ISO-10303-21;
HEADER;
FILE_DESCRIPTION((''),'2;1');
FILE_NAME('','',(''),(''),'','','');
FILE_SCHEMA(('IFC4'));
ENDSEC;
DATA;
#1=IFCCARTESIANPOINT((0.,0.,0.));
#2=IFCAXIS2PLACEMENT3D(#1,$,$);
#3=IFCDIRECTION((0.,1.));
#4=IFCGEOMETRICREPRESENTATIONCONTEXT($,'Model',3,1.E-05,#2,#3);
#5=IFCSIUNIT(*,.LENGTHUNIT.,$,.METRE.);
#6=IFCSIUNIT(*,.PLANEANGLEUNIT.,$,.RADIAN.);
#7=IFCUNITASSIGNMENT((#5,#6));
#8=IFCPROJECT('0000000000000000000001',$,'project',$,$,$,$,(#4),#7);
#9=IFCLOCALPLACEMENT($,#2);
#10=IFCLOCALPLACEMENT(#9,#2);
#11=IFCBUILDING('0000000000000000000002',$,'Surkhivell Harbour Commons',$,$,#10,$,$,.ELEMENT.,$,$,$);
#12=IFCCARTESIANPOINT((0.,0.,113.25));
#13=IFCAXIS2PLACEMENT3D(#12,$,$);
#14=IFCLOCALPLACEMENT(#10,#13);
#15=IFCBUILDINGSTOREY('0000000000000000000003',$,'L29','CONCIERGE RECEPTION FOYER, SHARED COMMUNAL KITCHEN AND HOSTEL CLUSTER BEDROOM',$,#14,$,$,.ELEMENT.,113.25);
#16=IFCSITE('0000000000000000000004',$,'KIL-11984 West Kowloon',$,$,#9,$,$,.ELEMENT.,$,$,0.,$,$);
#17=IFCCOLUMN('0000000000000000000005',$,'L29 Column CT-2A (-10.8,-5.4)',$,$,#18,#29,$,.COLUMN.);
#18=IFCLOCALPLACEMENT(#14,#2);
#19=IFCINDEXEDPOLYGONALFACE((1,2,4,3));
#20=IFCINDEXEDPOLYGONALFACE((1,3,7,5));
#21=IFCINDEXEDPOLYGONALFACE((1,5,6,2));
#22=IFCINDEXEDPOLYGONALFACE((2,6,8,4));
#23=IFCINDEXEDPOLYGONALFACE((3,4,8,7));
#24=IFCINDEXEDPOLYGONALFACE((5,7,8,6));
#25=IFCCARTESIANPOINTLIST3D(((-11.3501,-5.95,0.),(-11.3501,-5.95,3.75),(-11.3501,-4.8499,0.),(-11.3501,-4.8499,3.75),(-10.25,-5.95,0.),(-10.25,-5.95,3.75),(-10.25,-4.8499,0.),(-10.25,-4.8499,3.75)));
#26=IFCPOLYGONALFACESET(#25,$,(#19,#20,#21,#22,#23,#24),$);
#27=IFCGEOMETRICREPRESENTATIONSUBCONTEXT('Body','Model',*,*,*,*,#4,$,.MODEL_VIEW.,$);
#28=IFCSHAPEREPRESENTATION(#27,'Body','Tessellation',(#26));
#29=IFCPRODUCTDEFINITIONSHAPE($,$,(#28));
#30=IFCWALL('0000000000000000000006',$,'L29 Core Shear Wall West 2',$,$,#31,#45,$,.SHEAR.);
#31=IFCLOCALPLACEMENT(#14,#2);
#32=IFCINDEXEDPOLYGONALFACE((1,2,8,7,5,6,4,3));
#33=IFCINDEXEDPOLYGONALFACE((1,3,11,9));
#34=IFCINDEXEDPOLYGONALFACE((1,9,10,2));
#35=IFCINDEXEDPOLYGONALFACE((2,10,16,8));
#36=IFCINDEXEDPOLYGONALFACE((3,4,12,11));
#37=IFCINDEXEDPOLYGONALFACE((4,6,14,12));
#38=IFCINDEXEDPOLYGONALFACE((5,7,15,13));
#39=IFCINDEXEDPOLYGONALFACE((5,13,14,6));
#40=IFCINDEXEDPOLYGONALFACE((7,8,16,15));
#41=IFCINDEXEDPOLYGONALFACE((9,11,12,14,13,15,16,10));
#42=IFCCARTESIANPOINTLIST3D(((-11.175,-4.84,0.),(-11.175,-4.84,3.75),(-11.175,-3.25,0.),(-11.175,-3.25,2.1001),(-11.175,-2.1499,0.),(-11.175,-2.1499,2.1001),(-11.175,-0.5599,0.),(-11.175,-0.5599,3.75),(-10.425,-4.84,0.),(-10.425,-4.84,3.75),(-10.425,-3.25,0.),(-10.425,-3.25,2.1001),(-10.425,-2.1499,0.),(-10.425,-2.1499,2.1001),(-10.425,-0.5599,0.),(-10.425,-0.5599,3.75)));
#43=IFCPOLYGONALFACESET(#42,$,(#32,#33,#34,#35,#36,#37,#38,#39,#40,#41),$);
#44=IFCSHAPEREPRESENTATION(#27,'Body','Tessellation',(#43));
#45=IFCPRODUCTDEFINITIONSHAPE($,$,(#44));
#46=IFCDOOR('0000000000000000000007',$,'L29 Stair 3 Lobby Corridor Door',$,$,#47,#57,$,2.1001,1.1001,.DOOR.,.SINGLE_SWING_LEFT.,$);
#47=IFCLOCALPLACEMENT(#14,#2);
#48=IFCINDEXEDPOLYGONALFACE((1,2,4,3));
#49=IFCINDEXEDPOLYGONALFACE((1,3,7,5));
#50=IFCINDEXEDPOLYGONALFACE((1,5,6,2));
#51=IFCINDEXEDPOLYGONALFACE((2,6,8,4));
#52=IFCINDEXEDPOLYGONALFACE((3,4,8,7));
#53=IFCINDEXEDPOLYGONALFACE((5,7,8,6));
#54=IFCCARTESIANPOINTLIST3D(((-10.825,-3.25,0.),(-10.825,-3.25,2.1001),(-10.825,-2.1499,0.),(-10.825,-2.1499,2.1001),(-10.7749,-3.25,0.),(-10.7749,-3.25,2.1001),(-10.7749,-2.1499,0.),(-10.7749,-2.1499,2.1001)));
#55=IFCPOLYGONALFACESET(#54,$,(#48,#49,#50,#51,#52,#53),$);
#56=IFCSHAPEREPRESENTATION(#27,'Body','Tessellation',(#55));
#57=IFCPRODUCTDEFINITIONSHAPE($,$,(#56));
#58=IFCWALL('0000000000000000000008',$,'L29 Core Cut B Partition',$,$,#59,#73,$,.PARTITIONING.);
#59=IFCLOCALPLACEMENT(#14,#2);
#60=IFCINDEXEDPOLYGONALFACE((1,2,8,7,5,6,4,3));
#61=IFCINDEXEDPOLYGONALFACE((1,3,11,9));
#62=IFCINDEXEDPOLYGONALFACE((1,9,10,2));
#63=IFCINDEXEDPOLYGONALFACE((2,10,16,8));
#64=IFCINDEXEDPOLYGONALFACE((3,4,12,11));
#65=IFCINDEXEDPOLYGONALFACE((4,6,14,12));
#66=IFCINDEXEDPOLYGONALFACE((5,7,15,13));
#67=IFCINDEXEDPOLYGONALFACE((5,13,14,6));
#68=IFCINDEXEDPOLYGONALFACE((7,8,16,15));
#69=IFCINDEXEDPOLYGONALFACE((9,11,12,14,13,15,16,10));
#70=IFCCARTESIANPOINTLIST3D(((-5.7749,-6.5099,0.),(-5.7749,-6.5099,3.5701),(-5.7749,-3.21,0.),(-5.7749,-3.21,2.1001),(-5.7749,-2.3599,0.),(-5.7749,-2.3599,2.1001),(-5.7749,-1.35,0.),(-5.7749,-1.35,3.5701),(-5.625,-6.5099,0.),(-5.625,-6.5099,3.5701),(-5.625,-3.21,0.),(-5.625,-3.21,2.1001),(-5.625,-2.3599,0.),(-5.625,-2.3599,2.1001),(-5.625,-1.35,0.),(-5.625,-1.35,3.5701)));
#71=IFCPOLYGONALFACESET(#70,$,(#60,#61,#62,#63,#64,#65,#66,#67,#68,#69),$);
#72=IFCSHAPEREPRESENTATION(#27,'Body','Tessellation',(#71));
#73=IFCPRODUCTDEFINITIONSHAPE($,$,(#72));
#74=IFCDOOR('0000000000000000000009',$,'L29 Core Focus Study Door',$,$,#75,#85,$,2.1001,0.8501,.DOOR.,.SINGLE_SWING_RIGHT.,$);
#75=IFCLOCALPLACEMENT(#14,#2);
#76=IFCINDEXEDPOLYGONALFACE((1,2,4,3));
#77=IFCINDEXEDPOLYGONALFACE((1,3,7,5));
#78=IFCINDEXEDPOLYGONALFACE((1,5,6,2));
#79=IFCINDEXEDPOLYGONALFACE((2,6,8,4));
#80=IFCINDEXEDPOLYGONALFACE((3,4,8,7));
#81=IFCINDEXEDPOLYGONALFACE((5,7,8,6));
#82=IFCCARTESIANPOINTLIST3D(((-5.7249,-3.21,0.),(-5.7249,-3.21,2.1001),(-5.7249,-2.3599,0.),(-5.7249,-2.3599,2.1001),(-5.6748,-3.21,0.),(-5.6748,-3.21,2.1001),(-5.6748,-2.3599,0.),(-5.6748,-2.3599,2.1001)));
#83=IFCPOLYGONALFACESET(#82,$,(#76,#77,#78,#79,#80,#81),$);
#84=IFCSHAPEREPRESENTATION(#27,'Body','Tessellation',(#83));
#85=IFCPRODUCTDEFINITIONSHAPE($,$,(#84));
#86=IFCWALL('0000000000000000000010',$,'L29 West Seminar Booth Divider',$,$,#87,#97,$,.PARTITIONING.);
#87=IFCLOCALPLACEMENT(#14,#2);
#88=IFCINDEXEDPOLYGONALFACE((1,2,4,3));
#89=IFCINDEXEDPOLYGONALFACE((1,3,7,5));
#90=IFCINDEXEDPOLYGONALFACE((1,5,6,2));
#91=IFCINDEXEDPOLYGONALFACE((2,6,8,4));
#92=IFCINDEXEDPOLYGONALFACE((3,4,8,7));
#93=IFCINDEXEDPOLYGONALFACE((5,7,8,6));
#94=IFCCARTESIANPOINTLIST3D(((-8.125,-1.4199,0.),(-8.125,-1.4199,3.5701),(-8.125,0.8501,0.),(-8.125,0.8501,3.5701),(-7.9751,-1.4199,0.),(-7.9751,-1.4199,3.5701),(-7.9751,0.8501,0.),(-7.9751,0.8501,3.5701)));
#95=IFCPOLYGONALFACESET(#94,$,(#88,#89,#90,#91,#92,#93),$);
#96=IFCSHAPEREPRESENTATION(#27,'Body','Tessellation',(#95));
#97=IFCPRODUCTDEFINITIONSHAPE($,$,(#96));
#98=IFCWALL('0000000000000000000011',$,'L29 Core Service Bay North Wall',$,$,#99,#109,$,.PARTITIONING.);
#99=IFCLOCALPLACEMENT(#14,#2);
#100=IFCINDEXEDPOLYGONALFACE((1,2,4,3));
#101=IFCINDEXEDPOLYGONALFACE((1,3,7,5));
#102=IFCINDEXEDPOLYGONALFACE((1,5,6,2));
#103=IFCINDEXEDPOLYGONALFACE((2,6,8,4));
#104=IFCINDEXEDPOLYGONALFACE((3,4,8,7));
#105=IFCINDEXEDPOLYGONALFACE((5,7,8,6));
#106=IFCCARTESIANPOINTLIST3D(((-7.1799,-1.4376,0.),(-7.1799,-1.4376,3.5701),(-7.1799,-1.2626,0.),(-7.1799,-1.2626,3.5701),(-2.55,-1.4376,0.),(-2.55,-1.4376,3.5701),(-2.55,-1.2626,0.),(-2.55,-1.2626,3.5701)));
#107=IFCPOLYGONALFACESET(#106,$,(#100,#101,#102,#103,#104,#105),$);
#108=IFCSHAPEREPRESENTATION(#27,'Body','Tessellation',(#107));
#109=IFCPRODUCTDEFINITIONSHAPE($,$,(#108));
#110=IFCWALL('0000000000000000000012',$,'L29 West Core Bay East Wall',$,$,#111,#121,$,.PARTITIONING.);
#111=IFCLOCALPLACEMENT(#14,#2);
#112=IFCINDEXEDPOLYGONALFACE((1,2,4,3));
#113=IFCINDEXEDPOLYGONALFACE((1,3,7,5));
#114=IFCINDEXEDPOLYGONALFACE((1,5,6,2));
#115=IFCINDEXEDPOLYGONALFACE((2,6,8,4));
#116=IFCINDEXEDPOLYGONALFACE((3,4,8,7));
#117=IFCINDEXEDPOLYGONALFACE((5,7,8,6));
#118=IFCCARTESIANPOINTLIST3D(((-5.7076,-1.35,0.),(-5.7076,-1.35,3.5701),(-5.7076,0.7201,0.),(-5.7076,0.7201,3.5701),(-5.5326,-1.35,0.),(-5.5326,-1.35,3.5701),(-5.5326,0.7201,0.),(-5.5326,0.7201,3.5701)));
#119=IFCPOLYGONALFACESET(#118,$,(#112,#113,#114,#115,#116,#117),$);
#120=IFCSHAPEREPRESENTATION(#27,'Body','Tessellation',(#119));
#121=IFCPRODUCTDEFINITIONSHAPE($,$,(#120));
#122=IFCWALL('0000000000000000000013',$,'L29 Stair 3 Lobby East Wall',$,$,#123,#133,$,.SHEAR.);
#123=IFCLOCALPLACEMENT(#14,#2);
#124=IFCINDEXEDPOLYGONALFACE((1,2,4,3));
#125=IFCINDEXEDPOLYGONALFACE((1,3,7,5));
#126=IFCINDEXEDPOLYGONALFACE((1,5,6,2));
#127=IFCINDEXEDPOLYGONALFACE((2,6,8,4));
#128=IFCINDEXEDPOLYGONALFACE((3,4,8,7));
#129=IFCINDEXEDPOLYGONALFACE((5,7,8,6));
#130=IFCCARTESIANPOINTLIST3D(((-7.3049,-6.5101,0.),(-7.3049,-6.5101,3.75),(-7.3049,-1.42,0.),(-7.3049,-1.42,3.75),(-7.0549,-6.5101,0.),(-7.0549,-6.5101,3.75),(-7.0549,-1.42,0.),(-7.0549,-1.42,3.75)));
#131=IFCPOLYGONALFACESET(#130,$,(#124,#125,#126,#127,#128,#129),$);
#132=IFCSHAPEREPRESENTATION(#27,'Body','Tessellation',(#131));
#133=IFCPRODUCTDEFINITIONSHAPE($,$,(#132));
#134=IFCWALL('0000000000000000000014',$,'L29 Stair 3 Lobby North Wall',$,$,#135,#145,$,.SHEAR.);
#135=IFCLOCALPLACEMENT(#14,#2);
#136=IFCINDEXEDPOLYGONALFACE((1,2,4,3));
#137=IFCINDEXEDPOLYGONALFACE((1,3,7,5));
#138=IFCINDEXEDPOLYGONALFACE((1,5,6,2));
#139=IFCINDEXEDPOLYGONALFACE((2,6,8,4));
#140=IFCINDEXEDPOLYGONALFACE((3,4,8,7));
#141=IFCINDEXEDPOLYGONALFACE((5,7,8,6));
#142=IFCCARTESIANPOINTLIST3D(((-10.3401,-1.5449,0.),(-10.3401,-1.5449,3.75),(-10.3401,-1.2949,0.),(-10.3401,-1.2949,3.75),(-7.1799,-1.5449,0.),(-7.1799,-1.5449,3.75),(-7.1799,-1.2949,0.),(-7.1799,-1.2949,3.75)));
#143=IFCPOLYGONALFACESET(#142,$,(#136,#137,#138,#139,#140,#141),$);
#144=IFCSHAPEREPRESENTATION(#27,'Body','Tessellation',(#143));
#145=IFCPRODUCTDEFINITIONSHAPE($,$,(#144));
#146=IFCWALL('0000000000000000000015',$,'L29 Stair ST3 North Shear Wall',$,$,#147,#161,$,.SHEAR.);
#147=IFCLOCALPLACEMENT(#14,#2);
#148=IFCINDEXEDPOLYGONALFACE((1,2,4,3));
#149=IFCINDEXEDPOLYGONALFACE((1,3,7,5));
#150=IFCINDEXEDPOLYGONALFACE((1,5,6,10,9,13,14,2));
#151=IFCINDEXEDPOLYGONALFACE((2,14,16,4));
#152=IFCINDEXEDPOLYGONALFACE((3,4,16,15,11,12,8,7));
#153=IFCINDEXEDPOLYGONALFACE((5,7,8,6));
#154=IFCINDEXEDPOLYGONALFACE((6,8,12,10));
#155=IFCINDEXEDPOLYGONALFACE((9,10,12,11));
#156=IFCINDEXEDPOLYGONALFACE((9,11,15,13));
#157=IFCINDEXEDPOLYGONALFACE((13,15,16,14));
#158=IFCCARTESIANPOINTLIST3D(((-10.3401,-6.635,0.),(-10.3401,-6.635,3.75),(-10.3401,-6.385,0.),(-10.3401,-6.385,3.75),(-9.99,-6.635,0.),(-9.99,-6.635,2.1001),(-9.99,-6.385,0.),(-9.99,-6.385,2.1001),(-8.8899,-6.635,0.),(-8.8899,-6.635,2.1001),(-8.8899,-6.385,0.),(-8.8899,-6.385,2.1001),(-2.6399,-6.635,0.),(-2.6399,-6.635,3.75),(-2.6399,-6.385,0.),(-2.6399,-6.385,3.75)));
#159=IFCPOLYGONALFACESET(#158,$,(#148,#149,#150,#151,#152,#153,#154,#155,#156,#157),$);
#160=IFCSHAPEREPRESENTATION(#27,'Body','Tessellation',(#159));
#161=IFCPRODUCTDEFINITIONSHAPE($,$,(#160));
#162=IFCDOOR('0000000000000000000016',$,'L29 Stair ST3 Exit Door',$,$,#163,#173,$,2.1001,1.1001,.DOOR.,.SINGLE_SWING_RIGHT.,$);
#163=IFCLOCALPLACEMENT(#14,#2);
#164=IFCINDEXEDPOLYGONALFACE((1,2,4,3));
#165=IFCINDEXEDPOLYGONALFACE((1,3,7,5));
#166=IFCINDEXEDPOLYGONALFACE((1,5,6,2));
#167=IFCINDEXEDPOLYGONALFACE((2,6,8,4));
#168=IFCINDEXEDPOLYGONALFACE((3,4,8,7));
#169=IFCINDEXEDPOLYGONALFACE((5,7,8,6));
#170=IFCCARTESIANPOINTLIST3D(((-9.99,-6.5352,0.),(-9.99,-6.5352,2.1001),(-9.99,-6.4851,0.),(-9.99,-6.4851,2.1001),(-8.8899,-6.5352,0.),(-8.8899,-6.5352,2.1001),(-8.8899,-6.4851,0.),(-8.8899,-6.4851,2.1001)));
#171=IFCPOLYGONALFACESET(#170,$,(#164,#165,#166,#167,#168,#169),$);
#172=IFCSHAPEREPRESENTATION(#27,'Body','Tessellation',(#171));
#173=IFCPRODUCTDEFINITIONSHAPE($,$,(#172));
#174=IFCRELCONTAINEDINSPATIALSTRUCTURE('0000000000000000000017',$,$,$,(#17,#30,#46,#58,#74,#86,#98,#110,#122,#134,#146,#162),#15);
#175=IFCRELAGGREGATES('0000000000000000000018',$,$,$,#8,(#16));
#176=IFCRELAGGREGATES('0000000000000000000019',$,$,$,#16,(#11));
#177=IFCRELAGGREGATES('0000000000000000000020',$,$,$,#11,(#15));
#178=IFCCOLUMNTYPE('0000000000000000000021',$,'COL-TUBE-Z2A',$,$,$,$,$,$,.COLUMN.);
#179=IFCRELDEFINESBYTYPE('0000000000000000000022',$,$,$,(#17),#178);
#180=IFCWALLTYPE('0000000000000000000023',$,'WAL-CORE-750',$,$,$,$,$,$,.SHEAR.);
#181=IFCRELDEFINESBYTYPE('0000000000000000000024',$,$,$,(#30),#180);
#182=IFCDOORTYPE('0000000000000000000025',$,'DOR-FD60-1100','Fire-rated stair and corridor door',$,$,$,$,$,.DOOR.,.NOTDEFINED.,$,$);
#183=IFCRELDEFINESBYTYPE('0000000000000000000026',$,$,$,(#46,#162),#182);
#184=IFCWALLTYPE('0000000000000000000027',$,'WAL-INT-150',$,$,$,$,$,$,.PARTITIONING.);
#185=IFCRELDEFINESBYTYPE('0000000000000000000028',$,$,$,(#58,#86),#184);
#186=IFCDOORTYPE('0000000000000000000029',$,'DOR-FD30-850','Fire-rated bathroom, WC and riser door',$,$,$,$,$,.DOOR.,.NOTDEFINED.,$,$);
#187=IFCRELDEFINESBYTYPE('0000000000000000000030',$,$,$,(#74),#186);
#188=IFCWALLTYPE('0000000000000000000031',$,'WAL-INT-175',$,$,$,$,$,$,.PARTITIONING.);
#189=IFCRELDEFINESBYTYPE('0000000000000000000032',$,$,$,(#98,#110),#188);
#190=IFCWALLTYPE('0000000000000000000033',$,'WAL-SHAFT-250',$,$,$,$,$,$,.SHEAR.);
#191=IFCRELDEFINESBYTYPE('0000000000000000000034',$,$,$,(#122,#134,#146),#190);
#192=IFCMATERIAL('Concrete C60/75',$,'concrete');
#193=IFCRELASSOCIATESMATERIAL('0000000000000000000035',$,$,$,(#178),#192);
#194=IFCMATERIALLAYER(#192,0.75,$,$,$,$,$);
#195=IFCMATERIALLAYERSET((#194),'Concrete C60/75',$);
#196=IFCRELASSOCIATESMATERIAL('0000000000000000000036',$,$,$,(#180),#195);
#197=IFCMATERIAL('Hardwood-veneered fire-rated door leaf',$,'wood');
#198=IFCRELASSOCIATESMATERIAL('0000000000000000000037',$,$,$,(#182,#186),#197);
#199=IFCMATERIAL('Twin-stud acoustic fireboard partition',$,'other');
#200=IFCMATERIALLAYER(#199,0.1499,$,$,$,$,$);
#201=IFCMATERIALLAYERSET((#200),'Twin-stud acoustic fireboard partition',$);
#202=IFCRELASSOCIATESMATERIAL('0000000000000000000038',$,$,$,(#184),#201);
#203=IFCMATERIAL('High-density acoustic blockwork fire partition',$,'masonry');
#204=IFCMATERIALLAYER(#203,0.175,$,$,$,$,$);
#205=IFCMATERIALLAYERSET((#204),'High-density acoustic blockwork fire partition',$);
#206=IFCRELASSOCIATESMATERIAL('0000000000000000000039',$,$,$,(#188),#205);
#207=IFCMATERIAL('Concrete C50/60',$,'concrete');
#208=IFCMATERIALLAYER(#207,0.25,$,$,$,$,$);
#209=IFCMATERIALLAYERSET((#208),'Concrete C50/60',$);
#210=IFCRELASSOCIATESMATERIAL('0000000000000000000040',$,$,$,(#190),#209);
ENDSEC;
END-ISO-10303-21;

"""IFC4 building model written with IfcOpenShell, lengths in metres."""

from ifc_helpers import new_model, si_unit, direction, frame, frame_2d, origin, origin_2d, place, context, subcontext, project, spatial, rectangle, extrude, material, layer, layer_set, material_profile, profile_set, type_object, element, fill, save


model = new_model("IFC4")

# Units and contexts
model_context = context("Model", 3, precision=1e-05, world=origin(), true_north=direction((0.0, 1.0)))
body_context = subcontext(model_context, "Body", "Model", "MODEL_VIEW")
ifc_project = project(units=[si_unit("LENGTHUNIT", "METRE"), si_unit("PLANEANGLEUNIT", "RADIAN")], contexts=[model_context])

# Site, building, storey
site_placement = place(None, origin())
site = spatial("IfcSite", under=ifc_project, at=site_placement, Name="KIL-11984 West Kowloon", CompositionType="ELEMENT", RefElevation=0.0)
building_placement = place(site_placement, origin())
building = spatial("IfcBuilding", under=site, at=building_placement, Name="Surkhivell Harbour Commons", CompositionType="ELEMENT")
storey_placement = place(building_placement, frame((0.0, 0.0, 113.25)))
storey = spatial("IfcBuildingStorey", under=building, at=storey_placement, Name="L29", Description="CONCIERGE RECEPTION FOYER, SHARED COMMUNAL KITCHEN AND HOSTEL CLUSTER BEDROOM", CompositionType="ELEMENT", Elevation=113.25)

# Column
ifc_material_1 = material(Name="Concrete C60/75", Category="concrete")
ifc_material_profile = material_profile(ifc_material_1, rectangle(XDim=1.1001, YDim=1.1001, at=origin_2d()), Name="RC-COL-1100x1100")
ifc_profile_set = profile_set([ifc_material_profile], Name="Concrete C60/75")
column_type = type_object("IfcColumnType", Name="COL-TUBE-Z2A", PredefinedType="COLUMN", material=ifc_profile_set)
column_placement = place(storey_placement, frame((-10.8, -5.3999, 0.0), z_axis=(0.0, 0.0, 1.0), x_axis=(1.0, 0.0, 0.0)))
element("IfcColumn", 1, at=column_placement, inside=storey, type_object=column_type, Name="L29 Column CT-2A (-10.8,-5.4)", PredefinedType="COLUMN", context=body_context, shape_type="SweptSolid", body=[
    extrude(rectangle(XDim=1.1001, YDim=1.1001, at=origin_2d()), origin(), (0.0, 0.0, 1.0), 3.75),
])

# Walls, openings, doors
ifc_layer_1 = layer(ifc_material_1, 0.75)
ifc_layer_set_1 = layer_set([ifc_layer_1], Name="Concrete C60/75")
wall_type_1 = type_object("IfcWallType", Name="WAL-CORE-750", PredefinedType="SHEAR", material=ifc_layer_set_1)
wall_1_placement = place(storey_placement, frame((-10.8, -4.8401, 0.0), z_axis=(0.0, 0.0, 1.0), x_axis=(0.0, 1.0, 0.0)))
wall_1 = element("IfcWall", 2, at=wall_1_placement, inside=storey, type_object=wall_type_1, Name="L29 Core Shear Wall West 2", PredefinedType="SHEAR", context=body_context, shape_type="SweptSolid", body=[
    extrude(rectangle(XDim=4.28, YDim=0.75, at=frame_2d((2.1401, 0.0))), origin(), (0.0, 0.0, 1.0), 3.75),
])
opening_1_placement = place(wall_1_placement, frame((1.5901, 0.0, 0.0)))
opening_1 = element("IfcOpeningElement", 3, at=opening_1_placement, cuts=wall_1, PredefinedType="OPENING", context=body_context, shape_type="SweptSolid", body=[
    extrude(rectangle(XDim=1.1001, YDim=2.1001, at=frame_2d((0.55, 1.05))), frame((0.0, 0.385, 0.0), z_axis=(0.0, -1.0, 0.0), x_axis=(1.0, 0.0, 0.0)), (0.0, 0.0, 1.0), 0.77),
])
ifc_material_2 = material(Name="Hardwood-veneered fire-rated door leaf", Category="wood")
door_type_1 = type_object("IfcDoorType", Name="DOR-FD60-1100", Description="Fire-rated stair and corridor door", OperationType="NOTDEFINED", PredefinedType="DOOR", material=ifc_material_2)
door_1_placement = place(opening_1_placement, origin())
door_1 = element("IfcDoor", 4, at=door_1_placement, inside=storey, type_object=door_type_1, Name="L29 Stair 3 Lobby Corridor Door", OperationType="SINGLE_SWING_LEFT", OverallHeight=2.1001, OverallWidth=1.1001, PredefinedType="DOOR", context=body_context, shape_type="SweptSolid", body=[
    extrude(rectangle(XDim=1.1001, YDim=2.1001, at=frame_2d((0.55, 1.05))), frame((0.0, 0.0249, 0.0), z_axis=(0.0, -1.0, 0.0), x_axis=(1.0, 0.0, 0.0)), (0.0, 0.0, 1.0), 0.05),
])
fill(opening_1, door_1)
ifc_material_3 = material(Name="Twin-stud acoustic fireboard partition", Category="other")
ifc_layer_2 = layer(ifc_material_3, 0.1499)
ifc_layer_set_2 = layer_set([ifc_layer_2], Name="Twin-stud acoustic fireboard partition")
wall_type_2 = type_object("IfcWallType", Name="WAL-INT-150", PredefinedType="PARTITIONING", material=ifc_layer_set_2)
wall_2_placement = place(storey_placement, frame((-5.7, -6.51, 0.0), z_axis=(0.0, 0.0, 1.0), x_axis=(0.0, 1.0, 0.0)))
wall_2 = element("IfcWall", 5, at=wall_2_placement, inside=storey, type_object=wall_type_2, Name="L29 Core Cut B Partition", PredefinedType="PARTITIONING", context=body_context, shape_type="SweptSolid", body=[
    extrude(rectangle(XDim=5.1599, YDim=0.1499, at=frame_2d((2.5801, 0.0))), origin(), (0.0, 0.0, 1.0), 3.5701),
])
opening_2_placement = place(wall_2_placement, frame((3.3, 0.0, 0.0)))
opening_2 = element("IfcOpeningElement", 6, at=opening_2_placement, cuts=wall_2, PredefinedType="OPENING", context=body_context, shape_type="SweptSolid", body=[
    extrude(rectangle(XDim=0.8501, YDim=2.1001, at=frame_2d((0.425, 1.05))), frame((0.0, 0.085, 0.0), z_axis=(0.0, -1.0, 0.0), x_axis=(1.0, 0.0, 0.0)), (0.0, 0.0, 1.0), 0.1699),
])
door_type_2 = type_object("IfcDoorType", Name="DOR-FD30-850", Description="Fire-rated bathroom, WC and riser door", OperationType="NOTDEFINED", PredefinedType="DOOR", material=ifc_material_2)
door_2_placement = place(opening_2_placement, origin())
door_2 = element("IfcDoor", 7, at=door_2_placement, inside=storey, type_object=door_type_2, Name="L29 Core Focus Study Door", OperationType="SINGLE_SWING_RIGHT", OverallHeight=2.1001, OverallWidth=0.8501, PredefinedType="DOOR", context=body_context, shape_type="SweptSolid", body=[
    extrude(rectangle(XDim=0.8501, YDim=2.1001, at=frame_2d((0.425, 1.05))), frame((0.0, 0.0249, 0.0), z_axis=(0.0, -1.0, 0.0), x_axis=(1.0, 0.0, 0.0)), (0.0, 0.0, 1.0), 0.05),
])
fill(opening_2, door_2)

# Walls
wall_3_placement = place(storey_placement, frame((-8.05, -1.4199, 0.0), z_axis=(0.0, 0.0, 1.0), x_axis=(0.0, 1.0, 0.0)))
element("IfcWall", 8, at=wall_3_placement, inside=storey, type_object=wall_type_2, Name="L29 West Seminar Booth Divider", PredefinedType="PARTITIONING", context=body_context, shape_type="SweptSolid", body=[
    extrude(rectangle(XDim=2.27, YDim=0.1499, at=frame_2d((1.135, 0.0))), origin(), (0.0, 0.0, 1.0), 3.5701),
])
ifc_material_4 = material(Name="High-density acoustic blockwork fire partition", Category="masonry")
ifc_layer_3 = layer(ifc_material_4, 0.175)
ifc_layer_set_3 = layer_set([ifc_layer_3], Name="High-density acoustic blockwork fire partition")
wall_type_3 = type_object("IfcWallType", Name="WAL-INT-175", PredefinedType="PARTITIONING", material=ifc_layer_set_3)
wall_4_placement = place(storey_placement, frame((-7.1799, -1.3501, 0.0), z_axis=(0.0, 0.0, 1.0), x_axis=(1.0, 0.0, 0.0)))
element("IfcWall", 9, at=wall_4_placement, inside=storey, type_object=wall_type_3, Name="L29 Core Service Bay North Wall", PredefinedType="PARTITIONING", context=body_context, shape_type="SweptSolid", body=[
    extrude(rectangle(XDim=4.6299, YDim=0.175, at=frame_2d((2.3149, 0.0))), origin(), (0.0, 0.0, 1.0), 3.5701),
])
wall_5_placement = place(storey_placement, frame((-5.6201, -1.3501, 0.0), z_axis=(0.0, 0.0, 1.0), x_axis=(0.0, 1.0, 0.0)))
element("IfcWall", 10, at=wall_5_placement, inside=storey, type_object=wall_type_3, Name="L29 West Core Bay East Wall", PredefinedType="PARTITIONING", context=body_context, shape_type="SweptSolid", body=[
    extrude(rectangle(XDim=2.0701, YDim=0.175, at=frame_2d((1.0352, 0.0))), origin(), (0.0, 0.0, 1.0), 3.5701),
])
ifc_material_5 = material(Name="Concrete C50/60", Category="concrete")
ifc_layer_4 = layer(ifc_material_5, 0.25)
ifc_layer_set_4 = layer_set([ifc_layer_4], Name="Concrete C50/60")
wall_type_4 = type_object("IfcWallType", Name="WAL-SHAFT-250", PredefinedType="SHEAR", material=ifc_layer_set_4)
wall_6_placement = place(storey_placement, frame((-7.1799, -6.51, 0.0), z_axis=(0.0, 0.0, 1.0), x_axis=(0.0, 1.0, 0.0)))
element("IfcWall", 11, at=wall_6_placement, inside=storey, type_object=wall_type_4, Name="L29 Stair 3 Lobby East Wall", PredefinedType="SHEAR", context=body_context, shape_type="SweptSolid", body=[
    extrude(rectangle(XDim=5.0901, YDim=0.25, at=frame_2d((2.5449, 0.0))), origin(), (0.0, 0.0, 1.0), 3.75),
])
wall_7_placement = place(storey_placement, frame((-10.3401, -1.4199, 0.0), z_axis=(0.0, 0.0, 1.0), x_axis=(1.0, 0.0, 0.0)))
element("IfcWall", 12, at=wall_7_placement, inside=storey, type_object=wall_type_4, Name="L29 Stair 3 Lobby North Wall", PredefinedType="SHEAR", context=body_context, shape_type="SweptSolid", body=[
    extrude(rectangle(XDim=3.1602, YDim=0.25, at=frame_2d((1.5801, 0.0))), origin(), (0.0, 0.0, 1.0), 3.75),
])

# Wall, opening, door
wall_8_placement = place(storey_placement, frame((-10.3401, -6.51, 0.0), z_axis=(0.0, 0.0, 1.0), x_axis=(1.0, 0.0, 0.0)))
wall_8 = element("IfcWall", 13, at=wall_8_placement, inside=storey, type_object=wall_type_4, Name="L29 Stair ST3 North Shear Wall", PredefinedType="SHEAR", context=body_context, shape_type="SweptSolid", body=[
    extrude(rectangle(XDim=7.7002, YDim=0.25, at=frame_2d((3.8501, 0.0))), origin(), (0.0, 0.0, 1.0), 3.75),
])
opening_3_placement = place(wall_8_placement, frame((0.3501, 0.0, 0.0)))
opening_3 = element("IfcOpeningElement", 14, at=opening_3_placement, cuts=wall_8, PredefinedType="OPENING", context=body_context, shape_type="SweptSolid", body=[
    extrude(rectangle(XDim=1.1001, YDim=2.1001, at=frame_2d((0.55, 1.05))), frame((0.0, 0.135, 0.0), z_axis=(0.0, -1.0, 0.0), x_axis=(1.0, 0.0, 0.0)), (0.0, 0.0, 1.0), 0.27),
])
door_3_placement = place(opening_3_placement, origin())
door_3 = element("IfcDoor", 15, at=door_3_placement, inside=storey, type_object=door_type_1, Name="L29 Stair ST3 Exit Door", OperationType="SINGLE_SWING_RIGHT", OverallHeight=2.1001, OverallWidth=1.1001, PredefinedType="DOOR", context=body_context, shape_type="SweptSolid", body=[
    extrude(rectangle(XDim=1.1001, YDim=2.1001, at=frame_2d((0.55, 1.05))), frame((0.0, 0.0249, 0.0), z_axis=(0.0, -1.0, 0.0), x_axis=(1.0, 0.0, 0.0)), (0.0, 0.0, 1.0), 0.05),
])
fill(opening_3, door_3)

save(model, "model.ifc")
